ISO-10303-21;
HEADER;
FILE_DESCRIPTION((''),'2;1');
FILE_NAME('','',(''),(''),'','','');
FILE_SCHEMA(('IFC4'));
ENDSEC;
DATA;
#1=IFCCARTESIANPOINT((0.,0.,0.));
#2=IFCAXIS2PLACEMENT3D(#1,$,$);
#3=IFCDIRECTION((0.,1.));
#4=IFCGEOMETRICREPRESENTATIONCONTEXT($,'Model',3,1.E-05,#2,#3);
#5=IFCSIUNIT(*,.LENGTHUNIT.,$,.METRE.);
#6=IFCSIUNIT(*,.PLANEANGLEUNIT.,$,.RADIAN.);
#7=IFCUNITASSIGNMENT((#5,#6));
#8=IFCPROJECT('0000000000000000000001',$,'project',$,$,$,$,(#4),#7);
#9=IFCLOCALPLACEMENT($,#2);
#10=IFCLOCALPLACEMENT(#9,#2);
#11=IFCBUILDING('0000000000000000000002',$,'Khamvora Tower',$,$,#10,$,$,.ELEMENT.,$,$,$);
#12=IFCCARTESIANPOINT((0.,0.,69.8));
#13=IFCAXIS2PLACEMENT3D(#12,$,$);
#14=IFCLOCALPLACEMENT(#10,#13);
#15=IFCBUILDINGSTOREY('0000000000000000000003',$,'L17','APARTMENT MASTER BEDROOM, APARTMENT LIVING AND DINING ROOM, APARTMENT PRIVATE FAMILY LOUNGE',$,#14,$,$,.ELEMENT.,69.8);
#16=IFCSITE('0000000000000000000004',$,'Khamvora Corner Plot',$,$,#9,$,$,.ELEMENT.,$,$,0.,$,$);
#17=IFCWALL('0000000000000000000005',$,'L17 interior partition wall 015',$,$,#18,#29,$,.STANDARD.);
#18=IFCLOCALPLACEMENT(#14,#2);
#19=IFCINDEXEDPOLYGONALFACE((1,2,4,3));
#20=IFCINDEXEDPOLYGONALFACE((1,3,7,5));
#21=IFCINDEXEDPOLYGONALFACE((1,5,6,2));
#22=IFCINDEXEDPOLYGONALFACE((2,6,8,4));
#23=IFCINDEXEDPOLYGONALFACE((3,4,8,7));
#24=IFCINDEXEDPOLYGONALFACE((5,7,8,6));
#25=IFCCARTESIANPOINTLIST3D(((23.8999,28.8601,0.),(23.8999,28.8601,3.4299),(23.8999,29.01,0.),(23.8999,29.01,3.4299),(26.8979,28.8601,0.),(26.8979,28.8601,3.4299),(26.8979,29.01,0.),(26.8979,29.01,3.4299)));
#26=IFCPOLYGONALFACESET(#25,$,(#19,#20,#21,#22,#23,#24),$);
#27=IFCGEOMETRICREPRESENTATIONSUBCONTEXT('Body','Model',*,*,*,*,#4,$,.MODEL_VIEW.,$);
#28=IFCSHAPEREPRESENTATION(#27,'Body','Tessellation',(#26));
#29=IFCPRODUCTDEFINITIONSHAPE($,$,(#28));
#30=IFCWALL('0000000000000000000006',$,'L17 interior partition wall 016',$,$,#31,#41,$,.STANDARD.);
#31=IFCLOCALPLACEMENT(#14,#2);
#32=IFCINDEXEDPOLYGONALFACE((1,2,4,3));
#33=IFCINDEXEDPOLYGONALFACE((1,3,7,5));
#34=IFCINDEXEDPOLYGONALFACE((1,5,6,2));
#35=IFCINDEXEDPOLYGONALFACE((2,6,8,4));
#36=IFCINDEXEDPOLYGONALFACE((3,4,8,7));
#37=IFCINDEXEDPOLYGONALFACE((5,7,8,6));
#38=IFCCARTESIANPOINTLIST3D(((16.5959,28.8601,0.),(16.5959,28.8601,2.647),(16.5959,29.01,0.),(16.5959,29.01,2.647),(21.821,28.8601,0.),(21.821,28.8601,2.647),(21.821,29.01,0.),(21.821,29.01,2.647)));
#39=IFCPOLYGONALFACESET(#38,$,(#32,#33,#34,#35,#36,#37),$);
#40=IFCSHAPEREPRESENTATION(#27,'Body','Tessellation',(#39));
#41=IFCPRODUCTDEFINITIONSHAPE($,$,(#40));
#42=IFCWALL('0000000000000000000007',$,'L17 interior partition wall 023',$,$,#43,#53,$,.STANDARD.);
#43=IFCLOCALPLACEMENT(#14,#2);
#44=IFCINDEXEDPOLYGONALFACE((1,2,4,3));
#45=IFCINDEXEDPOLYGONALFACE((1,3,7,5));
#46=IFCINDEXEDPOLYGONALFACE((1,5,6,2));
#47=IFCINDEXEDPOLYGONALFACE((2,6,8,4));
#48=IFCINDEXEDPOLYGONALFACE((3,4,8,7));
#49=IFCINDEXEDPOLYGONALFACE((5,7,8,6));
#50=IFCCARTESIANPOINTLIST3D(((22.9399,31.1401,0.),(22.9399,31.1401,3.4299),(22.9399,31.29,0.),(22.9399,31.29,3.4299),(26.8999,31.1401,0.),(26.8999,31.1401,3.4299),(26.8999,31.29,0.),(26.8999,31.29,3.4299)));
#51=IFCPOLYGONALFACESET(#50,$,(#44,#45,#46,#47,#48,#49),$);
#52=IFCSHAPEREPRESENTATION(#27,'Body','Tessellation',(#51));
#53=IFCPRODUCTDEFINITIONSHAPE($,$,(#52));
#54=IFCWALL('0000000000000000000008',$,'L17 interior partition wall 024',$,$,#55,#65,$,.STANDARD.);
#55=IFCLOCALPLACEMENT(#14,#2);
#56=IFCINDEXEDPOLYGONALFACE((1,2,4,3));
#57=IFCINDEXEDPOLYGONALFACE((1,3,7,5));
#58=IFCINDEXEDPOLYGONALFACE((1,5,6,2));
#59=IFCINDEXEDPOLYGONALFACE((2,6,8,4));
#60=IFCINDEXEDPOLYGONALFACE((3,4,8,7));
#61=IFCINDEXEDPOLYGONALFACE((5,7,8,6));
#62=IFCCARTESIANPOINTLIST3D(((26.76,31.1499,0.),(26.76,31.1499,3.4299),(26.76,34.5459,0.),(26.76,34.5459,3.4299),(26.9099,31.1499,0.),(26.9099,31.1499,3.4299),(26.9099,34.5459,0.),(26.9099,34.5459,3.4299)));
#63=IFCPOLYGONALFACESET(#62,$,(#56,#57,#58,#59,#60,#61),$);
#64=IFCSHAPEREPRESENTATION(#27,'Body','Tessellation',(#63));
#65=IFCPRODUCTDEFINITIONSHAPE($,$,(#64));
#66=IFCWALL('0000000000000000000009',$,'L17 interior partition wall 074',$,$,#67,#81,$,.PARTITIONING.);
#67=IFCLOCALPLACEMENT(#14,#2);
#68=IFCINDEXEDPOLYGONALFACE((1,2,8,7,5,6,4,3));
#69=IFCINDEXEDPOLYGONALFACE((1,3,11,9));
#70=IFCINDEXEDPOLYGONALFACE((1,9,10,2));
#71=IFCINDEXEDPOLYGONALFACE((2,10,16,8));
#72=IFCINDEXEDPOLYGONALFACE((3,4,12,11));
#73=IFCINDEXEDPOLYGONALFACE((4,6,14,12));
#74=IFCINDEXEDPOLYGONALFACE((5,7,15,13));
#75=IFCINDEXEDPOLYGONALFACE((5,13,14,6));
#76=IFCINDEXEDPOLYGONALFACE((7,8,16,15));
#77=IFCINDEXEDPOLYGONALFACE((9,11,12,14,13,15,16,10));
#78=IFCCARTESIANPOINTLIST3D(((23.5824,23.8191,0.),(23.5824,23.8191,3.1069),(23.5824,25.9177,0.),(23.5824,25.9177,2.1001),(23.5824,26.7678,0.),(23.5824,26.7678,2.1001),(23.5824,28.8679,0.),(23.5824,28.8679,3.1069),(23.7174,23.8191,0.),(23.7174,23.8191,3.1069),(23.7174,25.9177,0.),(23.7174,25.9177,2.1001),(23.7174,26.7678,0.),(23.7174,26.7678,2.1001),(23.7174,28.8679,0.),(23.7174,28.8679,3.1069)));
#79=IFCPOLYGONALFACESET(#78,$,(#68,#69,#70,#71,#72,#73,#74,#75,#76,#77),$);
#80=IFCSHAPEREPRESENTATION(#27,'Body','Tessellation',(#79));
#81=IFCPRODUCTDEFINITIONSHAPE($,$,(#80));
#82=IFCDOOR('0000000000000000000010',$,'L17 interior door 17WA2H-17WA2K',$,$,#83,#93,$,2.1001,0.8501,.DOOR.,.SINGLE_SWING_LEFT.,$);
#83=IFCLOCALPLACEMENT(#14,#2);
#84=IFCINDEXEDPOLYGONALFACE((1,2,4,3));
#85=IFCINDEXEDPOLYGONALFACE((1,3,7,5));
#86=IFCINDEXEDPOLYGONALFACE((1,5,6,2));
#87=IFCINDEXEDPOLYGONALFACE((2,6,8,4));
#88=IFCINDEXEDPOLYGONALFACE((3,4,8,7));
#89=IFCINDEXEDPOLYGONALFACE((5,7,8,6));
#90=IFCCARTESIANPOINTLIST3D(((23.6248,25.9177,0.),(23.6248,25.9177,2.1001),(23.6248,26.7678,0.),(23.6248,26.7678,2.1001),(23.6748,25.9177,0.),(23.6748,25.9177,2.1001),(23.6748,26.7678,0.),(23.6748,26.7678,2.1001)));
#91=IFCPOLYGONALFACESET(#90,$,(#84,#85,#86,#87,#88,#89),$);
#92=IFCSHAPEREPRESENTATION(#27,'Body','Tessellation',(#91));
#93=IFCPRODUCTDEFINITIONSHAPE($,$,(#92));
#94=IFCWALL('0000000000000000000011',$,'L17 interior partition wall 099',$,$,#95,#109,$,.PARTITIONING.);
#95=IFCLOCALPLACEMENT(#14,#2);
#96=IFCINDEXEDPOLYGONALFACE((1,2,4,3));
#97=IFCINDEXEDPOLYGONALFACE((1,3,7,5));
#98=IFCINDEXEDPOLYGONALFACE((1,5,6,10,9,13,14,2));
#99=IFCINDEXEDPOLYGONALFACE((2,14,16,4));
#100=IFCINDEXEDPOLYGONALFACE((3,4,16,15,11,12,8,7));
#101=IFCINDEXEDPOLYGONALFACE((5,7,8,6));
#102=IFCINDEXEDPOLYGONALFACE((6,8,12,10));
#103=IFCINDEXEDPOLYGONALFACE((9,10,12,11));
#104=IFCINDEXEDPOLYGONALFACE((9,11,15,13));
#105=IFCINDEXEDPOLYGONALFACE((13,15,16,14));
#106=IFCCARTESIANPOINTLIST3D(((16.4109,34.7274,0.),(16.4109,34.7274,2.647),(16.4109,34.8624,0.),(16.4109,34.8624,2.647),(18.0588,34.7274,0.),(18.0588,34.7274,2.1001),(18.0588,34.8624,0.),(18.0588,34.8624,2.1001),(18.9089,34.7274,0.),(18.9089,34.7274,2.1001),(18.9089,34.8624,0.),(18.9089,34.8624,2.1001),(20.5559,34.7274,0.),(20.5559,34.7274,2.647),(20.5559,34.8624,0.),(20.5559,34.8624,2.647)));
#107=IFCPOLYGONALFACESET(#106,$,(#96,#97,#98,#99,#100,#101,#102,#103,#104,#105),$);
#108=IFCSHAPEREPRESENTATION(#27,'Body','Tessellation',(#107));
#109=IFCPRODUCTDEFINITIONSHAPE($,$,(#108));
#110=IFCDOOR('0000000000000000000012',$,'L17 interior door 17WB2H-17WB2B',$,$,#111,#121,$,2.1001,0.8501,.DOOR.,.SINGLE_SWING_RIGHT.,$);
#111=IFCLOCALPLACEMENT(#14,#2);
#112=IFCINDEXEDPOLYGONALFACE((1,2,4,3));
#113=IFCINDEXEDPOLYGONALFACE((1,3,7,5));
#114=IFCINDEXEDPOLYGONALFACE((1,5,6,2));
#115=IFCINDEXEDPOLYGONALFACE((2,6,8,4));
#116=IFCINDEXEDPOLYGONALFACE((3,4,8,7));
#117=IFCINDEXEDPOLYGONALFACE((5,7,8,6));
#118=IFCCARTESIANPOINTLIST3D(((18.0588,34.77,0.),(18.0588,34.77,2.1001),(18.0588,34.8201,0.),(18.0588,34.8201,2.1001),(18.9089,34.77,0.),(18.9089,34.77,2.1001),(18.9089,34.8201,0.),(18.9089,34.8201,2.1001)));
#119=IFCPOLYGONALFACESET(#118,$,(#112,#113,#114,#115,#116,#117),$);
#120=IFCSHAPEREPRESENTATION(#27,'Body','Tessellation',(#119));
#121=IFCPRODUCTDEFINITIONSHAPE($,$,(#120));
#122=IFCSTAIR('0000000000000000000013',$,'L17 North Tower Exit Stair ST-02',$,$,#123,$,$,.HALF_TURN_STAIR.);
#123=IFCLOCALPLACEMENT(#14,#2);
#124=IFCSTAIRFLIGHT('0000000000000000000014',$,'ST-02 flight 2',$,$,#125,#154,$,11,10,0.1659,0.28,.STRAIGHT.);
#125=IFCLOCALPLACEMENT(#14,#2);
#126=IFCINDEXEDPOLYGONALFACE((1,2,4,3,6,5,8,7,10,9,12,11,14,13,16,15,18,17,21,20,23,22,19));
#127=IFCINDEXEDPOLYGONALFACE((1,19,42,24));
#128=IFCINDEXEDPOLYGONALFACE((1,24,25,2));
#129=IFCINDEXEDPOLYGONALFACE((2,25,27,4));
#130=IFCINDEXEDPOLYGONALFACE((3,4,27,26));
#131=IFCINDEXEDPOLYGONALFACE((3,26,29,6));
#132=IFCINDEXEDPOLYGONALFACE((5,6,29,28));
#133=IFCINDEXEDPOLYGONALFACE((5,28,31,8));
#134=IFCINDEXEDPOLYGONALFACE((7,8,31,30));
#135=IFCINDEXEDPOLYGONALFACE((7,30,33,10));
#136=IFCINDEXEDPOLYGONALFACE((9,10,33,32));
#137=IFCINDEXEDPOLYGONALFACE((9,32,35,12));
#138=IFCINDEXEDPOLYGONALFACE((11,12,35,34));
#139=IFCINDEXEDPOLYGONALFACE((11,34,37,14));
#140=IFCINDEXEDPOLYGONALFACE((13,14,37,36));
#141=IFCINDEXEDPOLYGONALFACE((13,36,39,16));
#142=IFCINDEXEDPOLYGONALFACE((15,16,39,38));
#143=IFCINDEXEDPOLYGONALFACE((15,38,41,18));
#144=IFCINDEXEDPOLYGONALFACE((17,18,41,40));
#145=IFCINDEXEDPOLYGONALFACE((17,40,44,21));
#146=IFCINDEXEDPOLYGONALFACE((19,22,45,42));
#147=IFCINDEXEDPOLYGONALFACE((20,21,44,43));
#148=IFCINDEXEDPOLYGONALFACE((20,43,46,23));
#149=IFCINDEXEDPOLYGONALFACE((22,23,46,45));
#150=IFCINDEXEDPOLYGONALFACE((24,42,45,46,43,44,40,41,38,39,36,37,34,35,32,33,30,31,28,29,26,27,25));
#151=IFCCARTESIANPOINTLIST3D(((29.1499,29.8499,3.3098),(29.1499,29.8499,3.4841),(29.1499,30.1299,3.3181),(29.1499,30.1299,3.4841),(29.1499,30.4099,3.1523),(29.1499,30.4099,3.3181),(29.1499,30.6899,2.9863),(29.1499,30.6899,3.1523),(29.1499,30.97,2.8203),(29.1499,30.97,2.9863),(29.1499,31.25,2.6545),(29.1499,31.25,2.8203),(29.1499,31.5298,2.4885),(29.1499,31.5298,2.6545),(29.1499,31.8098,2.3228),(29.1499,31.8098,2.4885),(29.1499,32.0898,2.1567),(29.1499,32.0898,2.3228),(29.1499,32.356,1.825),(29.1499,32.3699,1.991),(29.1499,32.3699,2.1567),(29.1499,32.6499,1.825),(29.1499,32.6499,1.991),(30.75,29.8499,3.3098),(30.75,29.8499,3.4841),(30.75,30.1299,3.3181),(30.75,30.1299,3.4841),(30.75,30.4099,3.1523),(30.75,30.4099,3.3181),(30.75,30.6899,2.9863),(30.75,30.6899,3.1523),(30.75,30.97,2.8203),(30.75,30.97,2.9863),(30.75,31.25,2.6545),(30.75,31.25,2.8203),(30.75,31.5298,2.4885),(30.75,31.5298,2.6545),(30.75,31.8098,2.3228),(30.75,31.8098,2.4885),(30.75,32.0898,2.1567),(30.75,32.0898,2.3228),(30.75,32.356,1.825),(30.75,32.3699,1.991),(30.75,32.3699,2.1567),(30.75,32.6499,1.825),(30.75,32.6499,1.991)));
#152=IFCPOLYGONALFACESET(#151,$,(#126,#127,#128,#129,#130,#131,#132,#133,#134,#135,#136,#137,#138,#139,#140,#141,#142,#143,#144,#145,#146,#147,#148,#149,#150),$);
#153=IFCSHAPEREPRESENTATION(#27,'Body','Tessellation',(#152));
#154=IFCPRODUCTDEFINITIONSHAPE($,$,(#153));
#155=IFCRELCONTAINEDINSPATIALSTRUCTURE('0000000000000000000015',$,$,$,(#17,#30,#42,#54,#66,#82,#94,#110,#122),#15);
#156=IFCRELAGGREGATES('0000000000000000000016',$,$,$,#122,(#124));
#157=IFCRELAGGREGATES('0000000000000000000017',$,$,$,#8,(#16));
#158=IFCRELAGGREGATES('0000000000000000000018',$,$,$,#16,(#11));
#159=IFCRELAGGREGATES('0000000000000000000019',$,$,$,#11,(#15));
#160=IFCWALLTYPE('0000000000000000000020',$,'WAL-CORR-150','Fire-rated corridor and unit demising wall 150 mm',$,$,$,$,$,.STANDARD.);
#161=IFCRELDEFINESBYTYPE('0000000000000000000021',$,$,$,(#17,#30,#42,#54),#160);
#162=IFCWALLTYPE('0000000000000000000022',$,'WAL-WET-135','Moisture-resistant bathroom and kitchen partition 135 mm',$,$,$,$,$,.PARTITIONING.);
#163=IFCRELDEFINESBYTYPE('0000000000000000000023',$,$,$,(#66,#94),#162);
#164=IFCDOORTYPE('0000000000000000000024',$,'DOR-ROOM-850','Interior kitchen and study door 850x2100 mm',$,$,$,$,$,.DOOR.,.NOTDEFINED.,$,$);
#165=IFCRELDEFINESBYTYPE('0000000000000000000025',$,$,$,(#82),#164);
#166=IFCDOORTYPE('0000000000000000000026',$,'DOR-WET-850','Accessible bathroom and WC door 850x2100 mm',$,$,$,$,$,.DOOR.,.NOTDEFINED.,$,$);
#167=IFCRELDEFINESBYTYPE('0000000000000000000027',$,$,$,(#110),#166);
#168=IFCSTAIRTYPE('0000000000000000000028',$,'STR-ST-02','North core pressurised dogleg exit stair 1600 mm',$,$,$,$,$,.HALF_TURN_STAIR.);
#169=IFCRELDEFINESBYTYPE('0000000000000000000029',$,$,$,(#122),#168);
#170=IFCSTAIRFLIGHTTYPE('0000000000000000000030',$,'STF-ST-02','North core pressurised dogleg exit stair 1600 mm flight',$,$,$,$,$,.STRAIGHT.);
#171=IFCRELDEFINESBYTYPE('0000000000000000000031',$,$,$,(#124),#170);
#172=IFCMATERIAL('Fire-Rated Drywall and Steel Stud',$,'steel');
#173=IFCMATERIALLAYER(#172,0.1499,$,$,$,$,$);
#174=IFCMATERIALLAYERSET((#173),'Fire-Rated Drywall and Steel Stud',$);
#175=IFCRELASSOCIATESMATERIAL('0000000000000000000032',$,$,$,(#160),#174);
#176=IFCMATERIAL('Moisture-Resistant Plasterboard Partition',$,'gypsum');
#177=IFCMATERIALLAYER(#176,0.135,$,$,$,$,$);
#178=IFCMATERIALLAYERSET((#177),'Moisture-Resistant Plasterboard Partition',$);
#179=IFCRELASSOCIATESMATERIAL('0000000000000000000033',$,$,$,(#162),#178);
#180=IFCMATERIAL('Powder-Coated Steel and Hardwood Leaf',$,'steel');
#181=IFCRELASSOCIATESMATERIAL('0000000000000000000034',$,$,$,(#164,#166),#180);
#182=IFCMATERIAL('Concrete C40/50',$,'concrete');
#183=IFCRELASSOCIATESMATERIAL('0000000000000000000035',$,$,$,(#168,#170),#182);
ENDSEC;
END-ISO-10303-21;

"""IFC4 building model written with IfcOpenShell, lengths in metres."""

from ifc_helpers import new_model, si_unit, direction, frame, frame_2d, origin, place, context, subcontext, project, spatial, polyline, rectangle, outline, extrude, material, layer, layer_set, type_object, element, fill, aggregate, save


model = new_model("IFC4")

# Units and contexts
model_context = context("Model", 3, precision=1e-05, world=origin(), true_north=direction((0.0, 1.0)))
body_context = subcontext(model_context, "Body", "Model", "MODEL_VIEW")
ifc_project = project(units=[si_unit("LENGTHUNIT", "METRE"), si_unit("PLANEANGLEUNIT", "RADIAN")], contexts=[model_context])

# Site, building, storey
site_placement = place(None, origin())
site = spatial("IfcSite", under=ifc_project, at=site_placement, Name="Khamvora Corner Plot", CompositionType="ELEMENT", RefElevation=0.0)
building_placement = place(site_placement, origin())
building = spatial("IfcBuilding", under=site, at=building_placement, Name="Khamvora Tower", CompositionType="ELEMENT")
storey_placement = place(building_placement, frame((0.0, 0.0, 69.8)))
storey = spatial("IfcBuildingStorey", under=building, at=storey_placement, Name="L17", Description="APARTMENT MASTER BEDROOM, APARTMENT LIVING AND DINING ROOM, APARTMENT PRIVATE FAMILY LOUNGE", CompositionType="ELEMENT", Elevation=69.8)

# Walls
ifc_material_1 = material(Name="Fire-Rated Drywall and Steel Stud", Category="steel")
ifc_layer_1 = layer(ifc_material_1, 0.1499)
ifc_layer_set_1 = layer_set([ifc_layer_1], Name="Fire-Rated Drywall and Steel Stud")
wall_type_1 = type_object("IfcWallType", Name="WAL-CORR-150", Description="Fire-rated corridor and unit demising wall 150 mm", PredefinedType="STANDARD", material=ifc_layer_set_1)
wall_1_placement = place(storey_placement, frame((26.8979, 28.9351, 0.0), z_axis=(0.0, 0.0, 1.0), x_axis=(-1.0, 0.0, 0.0)))
element("IfcWall", 1, at=wall_1_placement, inside=storey, type_object=wall_type_1, Name="L17 interior partition wall 015", PredefinedType="STANDARD", context=body_context, shape_type="SweptSolid", body=[
    extrude(rectangle(XDim=2.998, YDim=0.1499, at=frame_2d((1.499, 0.0))), origin(), (0.0, 0.0, 1.0), 3.4299),
])
wall_2_placement = place(storey_placement, frame((21.821, 28.9351, 0.0), z_axis=(0.0, 0.0, 1.0), x_axis=(-1.0, 0.0, 0.0)))
element("IfcWall", 2, at=wall_2_placement, inside=storey, type_object=wall_type_1, Name="L17 interior partition wall 016", PredefinedType="STANDARD", context=body_context, shape_type="SweptSolid", body=[
    extrude(rectangle(XDim=5.2251, YDim=0.1499, at=frame_2d((2.6125, 0.0))), origin(), (0.0, 0.0, 1.0), 2.647),
])

# Shared definitions
ifc_material_2 = material(Name="Powder-Coated Steel and Hardwood Leaf", Category="steel")

# Walls
wall_3_placement = place(storey_placement, frame((22.9399, 31.2151, 0.0), z_axis=(0.0, 0.0, 1.0), x_axis=(1.0, 0.0, 0.0)))
element("IfcWall", 3, at=wall_3_placement, inside=storey, type_object=wall_type_1, Name="L17 interior partition wall 023", PredefinedType="STANDARD", context=body_context, shape_type="SweptSolid", body=[
    extrude(rectangle(XDim=3.96, YDim=0.1499, at=frame_2d((1.98, 0.0))), origin(), (0.0, 0.0, 1.0), 3.4299),
])
wall_4_placement = place(storey_placement, frame((26.835, 31.1499, 0.0), z_axis=(0.0, 0.0, 1.0), x_axis=(0.0, 1.0, 0.0)))
element("IfcWall", 4, at=wall_4_placement, inside=storey, type_object=wall_type_1, Name="L17 interior partition wall 024", PredefinedType="STANDARD", context=body_context, shape_type="SweptSolid", body=[
    extrude(rectangle(XDim=3.396, YDim=0.1499, at=frame_2d((1.698, 0.0))), origin(), (0.0, 0.0, 1.0), 3.4299),
])

# Walls, openings, doors
ifc_material_3 = material(Name="Moisture-Resistant Plasterboard Partition", Category="gypsum")
ifc_layer_2 = layer(ifc_material_3, 0.135)
ifc_layer_set_2 = layer_set([ifc_layer_2], Name="Moisture-Resistant Plasterboard Partition")
wall_type_2 = type_object("IfcWallType", Name="WAL-WET-135", Description="Moisture-resistant bathroom and kitchen partition 135 mm", PredefinedType="PARTITIONING", material=ifc_layer_set_2)
wall_5_placement = place(storey_placement, frame((23.6499, 28.8679, 0.0), z_axis=(0.0, 0.0, 1.0), x_axis=(0.0, -1.0, 0.0)))
wall_5 = element("IfcWall", 5, at=wall_5_placement, inside=storey, type_object=wall_type_2, Name="L17 interior partition wall 074", PredefinedType="PARTITIONING", context=body_context, shape_type="SweptSolid", body=[
    extrude(rectangle(XDim=5.0488, YDim=0.135, at=frame_2d((2.5244, 0.0))), origin(), (0.0, 0.0, 1.0), 3.1069),
])
opening_1_placement = place(wall_5_placement, frame((2.1001, 0.0, 0.0)))
opening_1 = element("IfcOpeningElement", 6, at=opening_1_placement, cuts=wall_5, PredefinedType="OPENING", context=body_context, shape_type="SweptSolid", body=[
    extrude(rectangle(XDim=0.8501, YDim=2.1001, at=frame_2d((0.425, 1.05))), frame((0.0, 0.0774, 0.0), z_axis=(0.0, -1.0, 0.0), x_axis=(1.0, 0.0, 0.0)), (0.0, 0.0, 1.0), 0.155),
])
door_type_1 = type_object("IfcDoorType", Name="DOR-ROOM-850", Description="Interior kitchen and study door 850x2100 mm", OperationType="NOTDEFINED", PredefinedType="DOOR", material=ifc_material_2)
door_1_placement = place(opening_1_placement, origin())
door_1 = element("IfcDoor", 7, at=door_1_placement, inside=storey, type_object=door_type_1, Name="L17 interior door 17WA2H-17WA2K", OperationType="SINGLE_SWING_LEFT", OverallHeight=2.1001, OverallWidth=0.8501, PredefinedType="DOOR", context=body_context, shape_type="SweptSolid", body=[
    extrude(rectangle(XDim=0.8501, YDim=2.1001, at=frame_2d((0.425, 1.05))), frame((0.0, 0.0249, 0.0), z_axis=(0.0, -1.0, 0.0), x_axis=(1.0, 0.0, 0.0)), (0.0, 0.0, 1.0), 0.05),
])
fill(opening_1, door_1)
wall_6_placement = place(storey_placement, frame((20.5559, 34.7949, 0.0), z_axis=(0.0, 0.0, 1.0), x_axis=(-1.0, 0.0, 0.0)))
wall_6 = element("IfcWall", 8, at=wall_6_placement, inside=storey, type_object=wall_type_2, Name="L17 interior partition wall 099", PredefinedType="PARTITIONING", context=body_context, shape_type="SweptSolid", body=[
    extrude(rectangle(XDim=4.145, YDim=0.135, at=frame_2d((2.0725, 0.0))), origin(), (0.0, 0.0, 1.0), 2.647),
])
opening_2_placement = place(wall_6_placement, frame((1.647, 0.0, 0.0)))
opening_2 = element("IfcOpeningElement", 9, at=opening_2_placement, cuts=wall_6, PredefinedType="OPENING", context=body_context, shape_type="SweptSolid", body=[
    extrude(rectangle(XDim=0.8501, YDim=2.1001, at=frame_2d((0.425, 1.05))), frame((0.0, 0.0774, 0.0), z_axis=(0.0, -1.0, 0.0), x_axis=(1.0, 0.0, 0.0)), (0.0, 0.0, 1.0), 0.155),
])
door_type_2 = type_object("IfcDoorType", Name="DOR-WET-850", Description="Accessible bathroom and WC door 850x2100 mm", OperationType="NOTDEFINED", PredefinedType="DOOR", material=ifc_material_2)
door_2_placement = place(opening_2_placement, origin())
door_2 = element("IfcDoor", 10, at=door_2_placement, inside=storey, type_object=door_type_2, Name="L17 interior door 17WB2H-17WB2B", OperationType="SINGLE_SWING_RIGHT", OverallHeight=2.1001, OverallWidth=0.8501, PredefinedType="DOOR", context=body_context, shape_type="SweptSolid", body=[
    extrude(rectangle(XDim=0.8501, YDim=2.1001, at=frame_2d((0.425, 1.05))), frame((0.0, 0.0249, 0.0), z_axis=(0.0, -1.0, 0.0), x_axis=(1.0, 0.0, 0.0)), (0.0, 0.0, 1.0), 0.05),
])
fill(opening_2, door_2)

# Stair, stair flight
ifc_material_4 = material(Name="Concrete C40/50", Category="concrete")
stair_type = type_object("IfcStairType", Name="STR-ST-02", Description="North core pressurised dogleg exit stair 1600 mm", PredefinedType="HALF_TURN_STAIR", material=ifc_material_4)
stair_placement = place(storey_placement, origin())
stair = element("IfcStair", 11, at=stair_placement, inside=storey, type_object=stair_type, Name="L17 North Tower Exit Stair ST-02", PredefinedType="HALF_TURN_STAIR")
stair_flight_type = type_object("IfcStairFlightType", Name="STF-ST-02", Description="North core pressurised dogleg exit stair 1600 mm flight", PredefinedType="STRAIGHT", material=ifc_material_4)
stair_flight_placement = place(storey_placement, frame((29.95, 32.6499, 1.825), z_axis=(0.0, 0.0, 1.0), x_axis=(0.0, -1.0, 0.0)))
stair_flight = element("IfcStairFlight", 12, at=stair_flight_placement, type_object=stair_flight_type, Name="ST-02 flight 2", NumberOfRisers=11, NumberOfTreads=10, PredefinedType="STRAIGHT", RiserHeight=0.1659, TreadLength=0.28, context=body_context, shape_type="SweptSolid", body=[
    extrude(outline(polyline([(0.0, 0.0), (0.0, 0.166), (0.28, 0.166), (0.28, 0.3318), (0.5601, 0.3318), (0.5601, 0.4978), (0.8401, 0.4978), (0.8401, 0.6636), (1.1201, 0.6636), (1.1201, 0.8296), (1.3999, 0.8296), (1.3999, 0.9954), (1.6799, 0.9954), (1.6799, 1.1614), (1.96, 1.1614), (1.96, 1.3274), (2.24, 1.3274), (2.24, 1.4932), (2.52, 1.4932), (2.52, 1.6592), (2.8, 1.6592), (2.8, 1.825), (2.8, 1.4849), (0.2939, 0.0), (0.0, 0.0)])), frame((0.0, 0.8, 0.0), z_axis=(0.0, -1.0, 0.0), x_axis=(1.0, 0.0, 0.0)), (0.0, 0.0, 1.0), 1.6001),
])
aggregate(stair, [stair_flight])

save(model, "model.ifc")
